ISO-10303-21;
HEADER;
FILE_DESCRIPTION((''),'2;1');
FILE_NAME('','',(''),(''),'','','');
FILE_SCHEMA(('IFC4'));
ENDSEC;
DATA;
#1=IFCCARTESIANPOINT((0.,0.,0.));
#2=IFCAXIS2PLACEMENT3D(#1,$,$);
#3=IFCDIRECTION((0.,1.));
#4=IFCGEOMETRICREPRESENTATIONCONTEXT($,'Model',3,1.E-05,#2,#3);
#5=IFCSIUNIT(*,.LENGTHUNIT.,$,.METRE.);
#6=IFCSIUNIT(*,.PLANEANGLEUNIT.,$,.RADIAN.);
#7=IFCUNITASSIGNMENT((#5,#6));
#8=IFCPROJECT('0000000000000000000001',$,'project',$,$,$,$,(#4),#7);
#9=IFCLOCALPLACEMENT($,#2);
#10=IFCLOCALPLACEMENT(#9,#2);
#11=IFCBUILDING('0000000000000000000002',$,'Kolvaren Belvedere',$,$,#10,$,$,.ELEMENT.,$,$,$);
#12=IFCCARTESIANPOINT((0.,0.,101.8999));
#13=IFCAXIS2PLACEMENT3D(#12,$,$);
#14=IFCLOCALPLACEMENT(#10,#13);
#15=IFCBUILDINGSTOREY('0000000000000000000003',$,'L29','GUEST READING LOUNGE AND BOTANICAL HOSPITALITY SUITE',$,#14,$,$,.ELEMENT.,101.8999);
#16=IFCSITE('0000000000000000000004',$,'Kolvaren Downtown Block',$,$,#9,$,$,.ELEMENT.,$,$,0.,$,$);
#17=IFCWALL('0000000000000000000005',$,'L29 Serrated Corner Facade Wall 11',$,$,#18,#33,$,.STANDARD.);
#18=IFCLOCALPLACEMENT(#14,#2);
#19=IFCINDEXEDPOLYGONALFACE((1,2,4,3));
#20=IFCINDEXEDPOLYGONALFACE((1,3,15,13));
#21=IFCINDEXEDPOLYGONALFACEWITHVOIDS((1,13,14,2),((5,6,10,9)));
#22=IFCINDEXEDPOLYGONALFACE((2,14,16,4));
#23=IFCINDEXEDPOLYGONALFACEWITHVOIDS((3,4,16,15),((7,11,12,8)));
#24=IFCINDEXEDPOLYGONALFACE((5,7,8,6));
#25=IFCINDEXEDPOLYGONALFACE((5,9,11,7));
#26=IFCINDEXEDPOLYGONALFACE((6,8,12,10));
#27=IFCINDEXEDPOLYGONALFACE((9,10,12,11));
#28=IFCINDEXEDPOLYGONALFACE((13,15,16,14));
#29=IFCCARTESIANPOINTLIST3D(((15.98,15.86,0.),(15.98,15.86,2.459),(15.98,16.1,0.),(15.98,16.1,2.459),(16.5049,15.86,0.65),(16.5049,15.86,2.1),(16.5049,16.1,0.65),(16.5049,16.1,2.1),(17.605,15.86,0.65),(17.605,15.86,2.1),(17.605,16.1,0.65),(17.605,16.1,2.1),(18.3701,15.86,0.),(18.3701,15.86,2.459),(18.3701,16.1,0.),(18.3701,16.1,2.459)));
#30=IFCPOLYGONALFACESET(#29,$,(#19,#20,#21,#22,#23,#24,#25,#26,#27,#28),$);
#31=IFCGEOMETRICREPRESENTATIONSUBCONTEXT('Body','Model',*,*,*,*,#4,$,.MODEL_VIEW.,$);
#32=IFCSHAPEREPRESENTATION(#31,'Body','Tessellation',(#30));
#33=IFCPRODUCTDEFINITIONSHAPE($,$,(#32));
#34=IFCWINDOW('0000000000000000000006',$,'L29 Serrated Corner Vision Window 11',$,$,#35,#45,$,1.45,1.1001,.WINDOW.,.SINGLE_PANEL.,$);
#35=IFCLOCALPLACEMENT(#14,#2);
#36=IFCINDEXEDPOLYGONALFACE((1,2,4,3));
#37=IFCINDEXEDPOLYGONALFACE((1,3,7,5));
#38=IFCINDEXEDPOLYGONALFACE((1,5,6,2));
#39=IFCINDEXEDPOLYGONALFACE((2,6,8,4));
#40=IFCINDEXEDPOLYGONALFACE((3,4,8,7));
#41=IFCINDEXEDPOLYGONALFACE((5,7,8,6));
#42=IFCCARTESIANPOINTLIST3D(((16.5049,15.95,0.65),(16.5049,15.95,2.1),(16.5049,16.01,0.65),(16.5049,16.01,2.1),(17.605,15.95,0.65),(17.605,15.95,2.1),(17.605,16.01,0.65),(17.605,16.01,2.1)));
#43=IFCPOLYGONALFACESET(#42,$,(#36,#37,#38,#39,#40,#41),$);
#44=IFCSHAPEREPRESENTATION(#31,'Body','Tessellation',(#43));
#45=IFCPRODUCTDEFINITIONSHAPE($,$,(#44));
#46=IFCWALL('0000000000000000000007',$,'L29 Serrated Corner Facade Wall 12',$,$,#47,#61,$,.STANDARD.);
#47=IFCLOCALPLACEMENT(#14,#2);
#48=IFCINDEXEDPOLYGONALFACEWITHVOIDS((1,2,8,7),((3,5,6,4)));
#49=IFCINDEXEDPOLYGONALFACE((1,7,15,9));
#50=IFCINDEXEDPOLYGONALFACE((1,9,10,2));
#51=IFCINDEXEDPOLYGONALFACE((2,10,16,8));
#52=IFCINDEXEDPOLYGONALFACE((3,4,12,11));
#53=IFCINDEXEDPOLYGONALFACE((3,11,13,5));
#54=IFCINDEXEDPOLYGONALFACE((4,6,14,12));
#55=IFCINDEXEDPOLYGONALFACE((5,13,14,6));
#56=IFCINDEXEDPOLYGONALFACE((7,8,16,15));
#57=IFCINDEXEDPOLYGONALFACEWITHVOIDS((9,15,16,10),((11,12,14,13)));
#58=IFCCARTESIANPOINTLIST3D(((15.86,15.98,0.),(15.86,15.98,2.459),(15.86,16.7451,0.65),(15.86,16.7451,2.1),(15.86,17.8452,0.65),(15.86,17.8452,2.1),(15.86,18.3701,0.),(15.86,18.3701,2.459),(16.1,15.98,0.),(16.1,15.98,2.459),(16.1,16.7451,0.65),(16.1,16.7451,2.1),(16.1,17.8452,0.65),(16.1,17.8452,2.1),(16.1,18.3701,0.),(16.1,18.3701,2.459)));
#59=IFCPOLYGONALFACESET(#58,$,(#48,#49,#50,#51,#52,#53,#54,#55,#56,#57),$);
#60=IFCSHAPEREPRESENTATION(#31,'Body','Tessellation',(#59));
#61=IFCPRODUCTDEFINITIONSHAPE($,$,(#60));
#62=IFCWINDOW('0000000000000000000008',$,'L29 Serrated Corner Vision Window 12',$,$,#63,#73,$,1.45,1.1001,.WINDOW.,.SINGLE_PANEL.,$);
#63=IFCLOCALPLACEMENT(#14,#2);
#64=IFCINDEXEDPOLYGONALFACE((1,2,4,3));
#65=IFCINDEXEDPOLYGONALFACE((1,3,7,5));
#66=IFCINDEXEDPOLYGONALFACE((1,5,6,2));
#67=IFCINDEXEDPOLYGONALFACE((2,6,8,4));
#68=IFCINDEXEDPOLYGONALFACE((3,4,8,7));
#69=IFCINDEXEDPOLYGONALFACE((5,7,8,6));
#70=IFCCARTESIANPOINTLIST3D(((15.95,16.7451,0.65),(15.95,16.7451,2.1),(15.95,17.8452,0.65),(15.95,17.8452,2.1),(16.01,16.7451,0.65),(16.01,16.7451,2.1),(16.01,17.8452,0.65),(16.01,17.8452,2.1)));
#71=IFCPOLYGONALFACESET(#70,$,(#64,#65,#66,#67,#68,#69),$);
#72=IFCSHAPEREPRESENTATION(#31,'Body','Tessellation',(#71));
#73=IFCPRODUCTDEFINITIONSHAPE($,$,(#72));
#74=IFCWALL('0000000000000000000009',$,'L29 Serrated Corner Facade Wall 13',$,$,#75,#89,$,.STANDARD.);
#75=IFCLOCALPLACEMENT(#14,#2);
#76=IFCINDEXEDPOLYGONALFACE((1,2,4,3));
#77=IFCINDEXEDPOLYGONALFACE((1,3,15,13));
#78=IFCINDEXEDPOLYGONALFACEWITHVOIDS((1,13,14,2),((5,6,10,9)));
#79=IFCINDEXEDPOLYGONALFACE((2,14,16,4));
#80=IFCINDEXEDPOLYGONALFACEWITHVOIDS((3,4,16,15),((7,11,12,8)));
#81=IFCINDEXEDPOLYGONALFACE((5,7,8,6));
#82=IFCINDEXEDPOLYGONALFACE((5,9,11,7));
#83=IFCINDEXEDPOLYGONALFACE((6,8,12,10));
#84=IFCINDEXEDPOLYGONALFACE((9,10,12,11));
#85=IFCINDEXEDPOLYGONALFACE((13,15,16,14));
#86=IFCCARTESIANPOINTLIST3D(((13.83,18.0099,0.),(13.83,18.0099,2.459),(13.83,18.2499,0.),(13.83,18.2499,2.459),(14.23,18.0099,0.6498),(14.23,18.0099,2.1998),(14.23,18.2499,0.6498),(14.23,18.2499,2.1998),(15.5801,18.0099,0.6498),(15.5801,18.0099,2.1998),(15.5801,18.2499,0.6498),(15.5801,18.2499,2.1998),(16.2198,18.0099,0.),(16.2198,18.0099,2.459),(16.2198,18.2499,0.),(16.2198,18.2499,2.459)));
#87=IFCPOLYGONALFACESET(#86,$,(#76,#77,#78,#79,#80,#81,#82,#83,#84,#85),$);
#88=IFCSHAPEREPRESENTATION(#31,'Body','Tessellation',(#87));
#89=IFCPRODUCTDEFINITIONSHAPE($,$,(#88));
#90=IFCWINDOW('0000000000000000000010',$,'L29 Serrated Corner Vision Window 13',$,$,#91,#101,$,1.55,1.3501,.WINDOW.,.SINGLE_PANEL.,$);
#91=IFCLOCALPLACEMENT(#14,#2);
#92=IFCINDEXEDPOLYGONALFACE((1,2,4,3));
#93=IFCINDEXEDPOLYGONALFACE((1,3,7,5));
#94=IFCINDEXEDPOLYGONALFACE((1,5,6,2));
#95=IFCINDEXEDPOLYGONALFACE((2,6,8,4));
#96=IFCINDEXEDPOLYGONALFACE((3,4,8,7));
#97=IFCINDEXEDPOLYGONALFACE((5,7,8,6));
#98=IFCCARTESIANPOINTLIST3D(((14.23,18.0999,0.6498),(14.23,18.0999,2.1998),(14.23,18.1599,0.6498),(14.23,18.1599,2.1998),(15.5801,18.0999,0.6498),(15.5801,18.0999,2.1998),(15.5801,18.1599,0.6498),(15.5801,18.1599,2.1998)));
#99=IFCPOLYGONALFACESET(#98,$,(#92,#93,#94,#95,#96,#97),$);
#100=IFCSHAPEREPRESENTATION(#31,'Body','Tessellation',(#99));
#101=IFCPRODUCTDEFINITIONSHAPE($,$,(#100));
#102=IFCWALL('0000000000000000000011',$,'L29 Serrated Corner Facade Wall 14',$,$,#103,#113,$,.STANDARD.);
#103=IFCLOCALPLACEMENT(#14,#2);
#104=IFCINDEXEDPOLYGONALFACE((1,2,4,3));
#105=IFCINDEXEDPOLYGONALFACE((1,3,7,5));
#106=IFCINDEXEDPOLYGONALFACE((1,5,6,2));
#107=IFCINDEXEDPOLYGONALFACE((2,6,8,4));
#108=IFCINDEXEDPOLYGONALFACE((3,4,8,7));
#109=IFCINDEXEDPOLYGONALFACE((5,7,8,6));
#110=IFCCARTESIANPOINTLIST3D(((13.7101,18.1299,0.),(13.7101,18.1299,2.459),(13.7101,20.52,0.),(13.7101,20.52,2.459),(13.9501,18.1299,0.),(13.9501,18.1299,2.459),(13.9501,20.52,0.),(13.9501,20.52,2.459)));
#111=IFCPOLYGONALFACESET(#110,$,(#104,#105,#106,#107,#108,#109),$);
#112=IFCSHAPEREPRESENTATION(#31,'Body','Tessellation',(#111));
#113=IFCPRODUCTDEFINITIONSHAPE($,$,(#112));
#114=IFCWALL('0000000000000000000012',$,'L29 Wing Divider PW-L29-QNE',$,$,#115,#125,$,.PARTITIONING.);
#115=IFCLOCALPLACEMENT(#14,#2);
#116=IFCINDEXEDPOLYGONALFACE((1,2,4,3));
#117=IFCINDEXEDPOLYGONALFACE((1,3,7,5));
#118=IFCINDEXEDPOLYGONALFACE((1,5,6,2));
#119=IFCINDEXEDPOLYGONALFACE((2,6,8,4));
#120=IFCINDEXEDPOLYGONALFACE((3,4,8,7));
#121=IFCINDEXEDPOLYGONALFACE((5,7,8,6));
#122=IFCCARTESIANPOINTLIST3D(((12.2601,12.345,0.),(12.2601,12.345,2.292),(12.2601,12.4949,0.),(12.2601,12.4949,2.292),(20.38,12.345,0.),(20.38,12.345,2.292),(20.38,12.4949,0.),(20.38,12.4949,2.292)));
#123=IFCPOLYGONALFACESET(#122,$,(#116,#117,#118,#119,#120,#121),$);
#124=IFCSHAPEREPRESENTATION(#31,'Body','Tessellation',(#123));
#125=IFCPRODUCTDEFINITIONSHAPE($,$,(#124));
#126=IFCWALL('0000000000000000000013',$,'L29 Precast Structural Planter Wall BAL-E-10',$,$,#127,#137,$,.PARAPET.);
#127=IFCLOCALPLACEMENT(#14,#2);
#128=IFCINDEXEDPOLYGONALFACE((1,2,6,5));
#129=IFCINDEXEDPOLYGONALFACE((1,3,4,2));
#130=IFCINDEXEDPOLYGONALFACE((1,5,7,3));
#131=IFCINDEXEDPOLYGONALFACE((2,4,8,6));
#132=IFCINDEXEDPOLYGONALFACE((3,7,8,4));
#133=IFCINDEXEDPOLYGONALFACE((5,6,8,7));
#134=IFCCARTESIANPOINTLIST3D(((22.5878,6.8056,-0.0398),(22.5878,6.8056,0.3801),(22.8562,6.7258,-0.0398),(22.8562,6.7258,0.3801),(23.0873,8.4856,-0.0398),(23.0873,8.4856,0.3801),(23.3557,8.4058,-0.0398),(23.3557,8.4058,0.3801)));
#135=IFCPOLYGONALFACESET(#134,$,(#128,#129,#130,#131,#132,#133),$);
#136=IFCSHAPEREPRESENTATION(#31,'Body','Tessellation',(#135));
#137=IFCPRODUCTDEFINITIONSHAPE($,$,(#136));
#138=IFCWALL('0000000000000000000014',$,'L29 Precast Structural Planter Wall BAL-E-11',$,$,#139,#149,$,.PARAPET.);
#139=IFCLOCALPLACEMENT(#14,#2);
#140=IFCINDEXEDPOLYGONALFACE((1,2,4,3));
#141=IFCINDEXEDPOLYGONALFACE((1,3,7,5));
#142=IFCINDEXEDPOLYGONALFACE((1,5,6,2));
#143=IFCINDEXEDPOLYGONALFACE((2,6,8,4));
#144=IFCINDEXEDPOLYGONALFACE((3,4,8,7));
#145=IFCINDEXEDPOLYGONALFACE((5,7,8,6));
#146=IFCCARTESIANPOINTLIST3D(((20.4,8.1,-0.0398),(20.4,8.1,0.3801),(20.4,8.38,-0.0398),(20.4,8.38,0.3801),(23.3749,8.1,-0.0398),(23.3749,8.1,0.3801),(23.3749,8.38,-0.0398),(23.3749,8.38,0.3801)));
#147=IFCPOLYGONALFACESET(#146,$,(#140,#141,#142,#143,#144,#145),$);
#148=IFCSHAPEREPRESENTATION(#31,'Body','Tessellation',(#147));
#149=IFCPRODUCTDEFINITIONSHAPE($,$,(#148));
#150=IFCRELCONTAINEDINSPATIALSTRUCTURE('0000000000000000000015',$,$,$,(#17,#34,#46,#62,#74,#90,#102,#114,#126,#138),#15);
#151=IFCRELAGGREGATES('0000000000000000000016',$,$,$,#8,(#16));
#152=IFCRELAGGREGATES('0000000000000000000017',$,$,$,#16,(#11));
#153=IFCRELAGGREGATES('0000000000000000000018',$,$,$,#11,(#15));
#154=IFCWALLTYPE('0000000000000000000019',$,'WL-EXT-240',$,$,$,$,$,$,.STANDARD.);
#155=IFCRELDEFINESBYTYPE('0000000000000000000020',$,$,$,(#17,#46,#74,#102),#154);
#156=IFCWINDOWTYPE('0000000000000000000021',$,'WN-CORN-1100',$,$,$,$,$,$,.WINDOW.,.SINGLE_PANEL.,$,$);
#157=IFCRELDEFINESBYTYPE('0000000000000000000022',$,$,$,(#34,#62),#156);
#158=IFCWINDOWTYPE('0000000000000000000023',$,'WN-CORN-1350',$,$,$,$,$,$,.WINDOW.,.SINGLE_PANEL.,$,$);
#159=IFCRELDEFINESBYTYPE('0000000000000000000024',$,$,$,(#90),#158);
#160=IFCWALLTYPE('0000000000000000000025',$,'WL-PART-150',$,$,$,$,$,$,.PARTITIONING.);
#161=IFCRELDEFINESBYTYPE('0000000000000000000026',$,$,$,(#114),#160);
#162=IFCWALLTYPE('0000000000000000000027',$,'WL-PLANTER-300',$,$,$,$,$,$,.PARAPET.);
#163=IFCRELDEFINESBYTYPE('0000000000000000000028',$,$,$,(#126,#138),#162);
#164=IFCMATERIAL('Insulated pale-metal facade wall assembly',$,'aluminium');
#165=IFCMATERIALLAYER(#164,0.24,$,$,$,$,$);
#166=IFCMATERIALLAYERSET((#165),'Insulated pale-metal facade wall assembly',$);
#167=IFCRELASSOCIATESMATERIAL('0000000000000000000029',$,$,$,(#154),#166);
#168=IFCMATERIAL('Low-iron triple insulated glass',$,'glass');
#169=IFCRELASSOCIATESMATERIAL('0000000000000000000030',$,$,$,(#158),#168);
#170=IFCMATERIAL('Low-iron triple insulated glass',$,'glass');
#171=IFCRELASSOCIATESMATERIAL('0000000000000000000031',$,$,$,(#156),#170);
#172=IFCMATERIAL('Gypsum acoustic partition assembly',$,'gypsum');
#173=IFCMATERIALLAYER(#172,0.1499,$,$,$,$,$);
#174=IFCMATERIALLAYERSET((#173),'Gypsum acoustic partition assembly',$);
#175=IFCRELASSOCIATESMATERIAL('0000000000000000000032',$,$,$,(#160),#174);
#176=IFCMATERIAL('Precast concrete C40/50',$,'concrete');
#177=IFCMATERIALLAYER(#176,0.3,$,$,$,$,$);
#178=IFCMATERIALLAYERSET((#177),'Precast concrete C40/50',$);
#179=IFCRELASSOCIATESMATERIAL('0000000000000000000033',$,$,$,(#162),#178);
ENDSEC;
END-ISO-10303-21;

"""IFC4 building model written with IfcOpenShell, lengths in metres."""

from ifc_helpers import new_model, si_unit, direction, frame, frame_2d, origin, place, context, subcontext, project, spatial, rectangle, extrude, material, layer, layer_set, type_object, element, fill, save


model = new_model("IFC4")

# Units and contexts
model_context = context("Model", 3, precision=1e-05, world=origin(), true_north=direction((0.0, 1.0)))
body_context = subcontext(model_context, "Body", "Model", "MODEL_VIEW")
ifc_project = project(units=[si_unit("LENGTHUNIT", "METRE"), si_unit("PLANEANGLEUNIT", "RADIAN")], contexts=[model_context])

# Site, building, storey
site_placement = place(None, origin())
site = spatial("IfcSite", under=ifc_project, at=site_placement, Name="Kolvaren Downtown Block", CompositionType="ELEMENT", RefElevation=0.0)
building_placement = place(site_placement, origin())
building = spatial("IfcBuilding", under=site, at=building_placement, Name="Kolvaren Belvedere", CompositionType="ELEMENT")
storey_placement = place(building_placement, frame((0.0, 0.0, 101.8999)))
storey = spatial("IfcBuildingStorey", under=building, at=storey_placement, Name="L29", Description="GUEST READING LOUNGE AND BOTANICAL HOSPITALITY SUITE", CompositionType="ELEMENT", Elevation=101.8999)

# Shared definitions
ifc_material_1 = material(Name="Insulated pale-metal facade wall assembly", Category="aluminium")
ifc_layer_1 = layer(ifc_material_1, 0.24)
ifc_layer_set_1 = layer_set([ifc_layer_1], Name="Insulated pale-metal facade wall assembly")
wall_type_1 = type_object("IfcWallType", Name="WL-EXT-240", PredefinedType="STANDARD", material=ifc_layer_set_1)

# Walls, openings, windows
ifc_material_2 = material(Name="Low-iron triple insulated glass", Category="glass")
window_type_1 = type_object("IfcWindowType", Name="WN-CORN-1350", PartitioningType="SINGLE_PANEL", PredefinedType="WINDOW", material=ifc_material_2)
wall_1_placement = place(storey_placement, frame((15.98, 15.98, 0.0), z_axis=(0.0, 0.0, 1.0), x_axis=(1.0, 0.0, 0.0)))
wall_1 = element("IfcWall", 1, at=wall_1_placement, inside=storey, type_object=wall_type_1, Name="L29 Serrated Corner Facade Wall 11", PredefinedType="STANDARD", context=body_context, shape_type="SweptSolid", body=[
    extrude(rectangle(XDim=2.3901, YDim=0.24, at=frame_2d((1.1951, 0.0))), origin(), (0.0, 0.0, 1.0), 2.459),
])
opening_1_placement = place(wall_1_placement, frame((0.5249, 0.0, 0.6499)))
opening_1 = element("IfcOpeningElement", 2, at=opening_1_placement, cuts=wall_1, PredefinedType="OPENING", context=body_context, shape_type="SweptSolid", body=[
    extrude(rectangle(XDim=1.1001, YDim=1.45, at=frame_2d((0.55, 0.7251))), frame((0.0, 0.1299, 0.0), z_axis=(0.0, -1.0, 0.0), x_axis=(1.0, 0.0, 0.0)), (0.0, 0.0, 1.0), 0.26),
])
ifc_material_3 = material(Name="Low-iron triple insulated glass", Category="glass")
window_type_2 = type_object("IfcWindowType", Name="WN-CORN-1100", PartitioningType="SINGLE_PANEL", PredefinedType="WINDOW", material=ifc_material_3)
window_1_placement = place(opening_1_placement, origin())
window_1 = element("IfcWindow", 3, at=window_1_placement, inside=storey, type_object=window_type_2, Name="L29 Serrated Corner Vision Window 11", OverallHeight=1.45, OverallWidth=1.1001, PartitioningType="SINGLE_PANEL", PredefinedType="WINDOW", context=body_context, shape_type="SweptSolid", body=[
    extrude(rectangle(XDim=1.1001, YDim=1.45, at=frame_2d((0.55, 0.7251))), frame((0.0, 0.03, 0.0), z_axis=(0.0, -1.0, 0.0), x_axis=(1.0, 0.0, 0.0)), (0.0, 0.0, 1.0), 0.0601),
])
fill(opening_1, window_1)
wall_2_placement = place(storey_placement, frame((15.98, 18.3701, 0.0), z_axis=(0.0, 0.0, 1.0), x_axis=(0.0, -1.0, 0.0)))
wall_2 = element("IfcWall", 4, at=wall_2_placement, inside=storey, type_object=wall_type_1, Name="L29 Serrated Corner Facade Wall 12", PredefinedType="STANDARD", context=body_context, shape_type="SweptSolid", body=[
    extrude(rectangle(XDim=2.3901, YDim=0.24, at=frame_2d((1.1951, 0.0))), origin(), (0.0, 0.0, 1.0), 2.459),
])
opening_2_placement = place(wall_2_placement, frame((0.5249, 0.0, 0.6499)))
opening_2 = element("IfcOpeningElement", 5, at=opening_2_placement, cuts=wall_2, PredefinedType="OPENING", context=body_context, shape_type="SweptSolid", body=[
    extrude(rectangle(XDim=1.1001, YDim=1.45, at=frame_2d((0.55, 0.7251))), frame((0.0, 0.1299, 0.0), z_axis=(0.0, -1.0, 0.0), x_axis=(1.0, 0.0, 0.0)), (0.0, 0.0, 1.0), 0.26),
])
window_2_placement = place(opening_2_placement, origin())
window_2 = element("IfcWindow", 6, at=window_2_placement, inside=storey, type_object=window_type_2, Name="L29 Serrated Corner Vision Window 12", OverallHeight=1.45, OverallWidth=1.1001, PartitioningType="SINGLE_PANEL", PredefinedType="WINDOW", context=body_context, shape_type="SweptSolid", body=[
    extrude(rectangle(XDim=1.1001, YDim=1.45, at=frame_2d((0.55, 0.7251))), frame((0.0, 0.03, 0.0), z_axis=(0.0, -1.0, 0.0), x_axis=(1.0, 0.0, 0.0)), (0.0, 0.0, 1.0), 0.0601),
])
fill(opening_2, window_2)
wall_3_placement = place(storey_placement, frame((13.8301, 18.1299, 0.0), z_axis=(0.0, 0.0, 1.0), x_axis=(1.0, 0.0, 0.0)))
wall_3 = element("IfcWall", 7, at=wall_3_placement, inside=storey, type_object=wall_type_1, Name="L29 Serrated Corner Facade Wall 13", PredefinedType="STANDARD", context=body_context, shape_type="SweptSolid", body=[
    extrude(rectangle(XDim=2.3899, YDim=0.24, at=frame_2d((1.1948, 0.0))), origin(), (0.0, 0.0, 1.0), 2.459),
])
opening_3_placement = place(wall_3_placement, frame((0.3999, 0.0, 0.6499)))
opening_3 = element("IfcOpeningElement", 8, at=opening_3_placement, cuts=wall_3, PredefinedType="OPENING", context=body_context, shape_type="SweptSolid", body=[
    extrude(rectangle(XDim=1.3501, YDim=1.55, at=frame_2d((0.675, 0.7749))), frame((0.0, 0.1299, 0.0), z_axis=(0.0, -1.0, 0.0), x_axis=(1.0, 0.0, 0.0)), (0.0, 0.0, 1.0), 0.26),
])
window_3_placement = place(opening_3_placement, origin())
window_3 = element("IfcWindow", 9, at=window_3_placement, inside=storey, type_object=window_type_1, Name="L29 Serrated Corner Vision Window 13", OverallHeight=1.55, OverallWidth=1.3501, PartitioningType="SINGLE_PANEL", PredefinedType="WINDOW", context=body_context, shape_type="SweptSolid", body=[
    extrude(rectangle(XDim=1.3501, YDim=1.55, at=frame_2d((0.675, 0.7749))), frame((0.0, 0.03, 0.0), z_axis=(0.0, -1.0, 0.0), x_axis=(1.0, 0.0, 0.0)), (0.0, 0.0, 1.0), 0.0601),
])
fill(opening_3, window_3)

# Walls
wall_4_placement = place(storey_placement, frame((13.8301, 20.52, 0.0), z_axis=(0.0, 0.0, 1.0), x_axis=(0.0, -1.0, 0.0)))
element("IfcWall", 10, at=wall_4_placement, inside=storey, type_object=wall_type_1, Name="L29 Serrated Corner Facade Wall 14", PredefinedType="STANDARD", context=body_context, shape_type="SweptSolid", body=[
    extrude(rectangle(XDim=2.3901, YDim=0.24, at=frame_2d((1.1951, 0.0))), origin(), (0.0, 0.0, 1.0), 2.459),
])
ifc_material_4 = material(Name="Gypsum acoustic partition assembly", Category="gypsum")
ifc_layer_2 = layer(ifc_material_4, 0.1499)
ifc_layer_set_2 = layer_set([ifc_layer_2], Name="Gypsum acoustic partition assembly")
wall_type_2 = type_object("IfcWallType", Name="WL-PART-150", PredefinedType="PARTITIONING", material=ifc_layer_set_2)
wall_5_placement = place(storey_placement, frame((12.26, 12.4199, 0.0), z_axis=(0.0, 0.0, 1.0), x_axis=(1.0, 0.0, 0.0)))
element("IfcWall", 11, at=wall_5_placement, inside=storey, type_object=wall_type_2, Name="L29 Wing Divider PW-L29-QNE", PredefinedType="PARTITIONING", context=body_context, shape_type="SweptSolid", body=[
    extrude(rectangle(XDim=8.1199, YDim=0.1499, at=frame_2d((4.0601, 0.0))), origin(), (0.0, 0.0, 1.0), 2.292),
])
ifc_material_5 = material(Name="Precast concrete C40/50", Category="concrete")
ifc_layer_3 = layer(ifc_material_5, 0.3)
ifc_layer_set_3 = layer_set([ifc_layer_3], Name="Precast concrete C40/50")
wall_type_3 = type_object("IfcWallType", Name="WL-PLANTER-300", PredefinedType="PARAPET", material=ifc_layer_set_3)
wall_6_placement = place(storey_placement, frame((22.7219, 6.7656, -0.0398), z_axis=(0.0, 0.0, 1.0), x_axis=(0.285008, 0.958525, 0.0)))
element("IfcWall", 12, at=wall_6_placement, inside=storey, type_object=wall_type_3, Name="L29 Precast Structural Planter Wall BAL-E-10", PredefinedType="PARAPET", context=body_context, shape_type="SweptSolid", body=[
    extrude(rectangle(XDim=1.7527, YDim=0.28, at=frame_2d((0.8765, 0.0))), origin(), (0.0, 0.0, 1.0), 0.4199),
])
wall_7_placement = place(storey_placement, frame((23.3748, 8.24, -0.0398), z_axis=(0.0, 0.0, 1.0), x_axis=(-1.0, 0.0, 0.0)))
element("IfcWall", 13, at=wall_7_placement, inside=storey, type_object=wall_type_3, Name="L29 Precast Structural Planter Wall BAL-E-11", PredefinedType="PARAPET", context=body_context, shape_type="SweptSolid", body=[
    extrude(rectangle(XDim=2.9749, YDim=0.28, at=frame_2d((1.4873, 0.0))), origin(), (0.0, 0.0, 1.0), 0.4199),
])

save(model, "model.ifc")
